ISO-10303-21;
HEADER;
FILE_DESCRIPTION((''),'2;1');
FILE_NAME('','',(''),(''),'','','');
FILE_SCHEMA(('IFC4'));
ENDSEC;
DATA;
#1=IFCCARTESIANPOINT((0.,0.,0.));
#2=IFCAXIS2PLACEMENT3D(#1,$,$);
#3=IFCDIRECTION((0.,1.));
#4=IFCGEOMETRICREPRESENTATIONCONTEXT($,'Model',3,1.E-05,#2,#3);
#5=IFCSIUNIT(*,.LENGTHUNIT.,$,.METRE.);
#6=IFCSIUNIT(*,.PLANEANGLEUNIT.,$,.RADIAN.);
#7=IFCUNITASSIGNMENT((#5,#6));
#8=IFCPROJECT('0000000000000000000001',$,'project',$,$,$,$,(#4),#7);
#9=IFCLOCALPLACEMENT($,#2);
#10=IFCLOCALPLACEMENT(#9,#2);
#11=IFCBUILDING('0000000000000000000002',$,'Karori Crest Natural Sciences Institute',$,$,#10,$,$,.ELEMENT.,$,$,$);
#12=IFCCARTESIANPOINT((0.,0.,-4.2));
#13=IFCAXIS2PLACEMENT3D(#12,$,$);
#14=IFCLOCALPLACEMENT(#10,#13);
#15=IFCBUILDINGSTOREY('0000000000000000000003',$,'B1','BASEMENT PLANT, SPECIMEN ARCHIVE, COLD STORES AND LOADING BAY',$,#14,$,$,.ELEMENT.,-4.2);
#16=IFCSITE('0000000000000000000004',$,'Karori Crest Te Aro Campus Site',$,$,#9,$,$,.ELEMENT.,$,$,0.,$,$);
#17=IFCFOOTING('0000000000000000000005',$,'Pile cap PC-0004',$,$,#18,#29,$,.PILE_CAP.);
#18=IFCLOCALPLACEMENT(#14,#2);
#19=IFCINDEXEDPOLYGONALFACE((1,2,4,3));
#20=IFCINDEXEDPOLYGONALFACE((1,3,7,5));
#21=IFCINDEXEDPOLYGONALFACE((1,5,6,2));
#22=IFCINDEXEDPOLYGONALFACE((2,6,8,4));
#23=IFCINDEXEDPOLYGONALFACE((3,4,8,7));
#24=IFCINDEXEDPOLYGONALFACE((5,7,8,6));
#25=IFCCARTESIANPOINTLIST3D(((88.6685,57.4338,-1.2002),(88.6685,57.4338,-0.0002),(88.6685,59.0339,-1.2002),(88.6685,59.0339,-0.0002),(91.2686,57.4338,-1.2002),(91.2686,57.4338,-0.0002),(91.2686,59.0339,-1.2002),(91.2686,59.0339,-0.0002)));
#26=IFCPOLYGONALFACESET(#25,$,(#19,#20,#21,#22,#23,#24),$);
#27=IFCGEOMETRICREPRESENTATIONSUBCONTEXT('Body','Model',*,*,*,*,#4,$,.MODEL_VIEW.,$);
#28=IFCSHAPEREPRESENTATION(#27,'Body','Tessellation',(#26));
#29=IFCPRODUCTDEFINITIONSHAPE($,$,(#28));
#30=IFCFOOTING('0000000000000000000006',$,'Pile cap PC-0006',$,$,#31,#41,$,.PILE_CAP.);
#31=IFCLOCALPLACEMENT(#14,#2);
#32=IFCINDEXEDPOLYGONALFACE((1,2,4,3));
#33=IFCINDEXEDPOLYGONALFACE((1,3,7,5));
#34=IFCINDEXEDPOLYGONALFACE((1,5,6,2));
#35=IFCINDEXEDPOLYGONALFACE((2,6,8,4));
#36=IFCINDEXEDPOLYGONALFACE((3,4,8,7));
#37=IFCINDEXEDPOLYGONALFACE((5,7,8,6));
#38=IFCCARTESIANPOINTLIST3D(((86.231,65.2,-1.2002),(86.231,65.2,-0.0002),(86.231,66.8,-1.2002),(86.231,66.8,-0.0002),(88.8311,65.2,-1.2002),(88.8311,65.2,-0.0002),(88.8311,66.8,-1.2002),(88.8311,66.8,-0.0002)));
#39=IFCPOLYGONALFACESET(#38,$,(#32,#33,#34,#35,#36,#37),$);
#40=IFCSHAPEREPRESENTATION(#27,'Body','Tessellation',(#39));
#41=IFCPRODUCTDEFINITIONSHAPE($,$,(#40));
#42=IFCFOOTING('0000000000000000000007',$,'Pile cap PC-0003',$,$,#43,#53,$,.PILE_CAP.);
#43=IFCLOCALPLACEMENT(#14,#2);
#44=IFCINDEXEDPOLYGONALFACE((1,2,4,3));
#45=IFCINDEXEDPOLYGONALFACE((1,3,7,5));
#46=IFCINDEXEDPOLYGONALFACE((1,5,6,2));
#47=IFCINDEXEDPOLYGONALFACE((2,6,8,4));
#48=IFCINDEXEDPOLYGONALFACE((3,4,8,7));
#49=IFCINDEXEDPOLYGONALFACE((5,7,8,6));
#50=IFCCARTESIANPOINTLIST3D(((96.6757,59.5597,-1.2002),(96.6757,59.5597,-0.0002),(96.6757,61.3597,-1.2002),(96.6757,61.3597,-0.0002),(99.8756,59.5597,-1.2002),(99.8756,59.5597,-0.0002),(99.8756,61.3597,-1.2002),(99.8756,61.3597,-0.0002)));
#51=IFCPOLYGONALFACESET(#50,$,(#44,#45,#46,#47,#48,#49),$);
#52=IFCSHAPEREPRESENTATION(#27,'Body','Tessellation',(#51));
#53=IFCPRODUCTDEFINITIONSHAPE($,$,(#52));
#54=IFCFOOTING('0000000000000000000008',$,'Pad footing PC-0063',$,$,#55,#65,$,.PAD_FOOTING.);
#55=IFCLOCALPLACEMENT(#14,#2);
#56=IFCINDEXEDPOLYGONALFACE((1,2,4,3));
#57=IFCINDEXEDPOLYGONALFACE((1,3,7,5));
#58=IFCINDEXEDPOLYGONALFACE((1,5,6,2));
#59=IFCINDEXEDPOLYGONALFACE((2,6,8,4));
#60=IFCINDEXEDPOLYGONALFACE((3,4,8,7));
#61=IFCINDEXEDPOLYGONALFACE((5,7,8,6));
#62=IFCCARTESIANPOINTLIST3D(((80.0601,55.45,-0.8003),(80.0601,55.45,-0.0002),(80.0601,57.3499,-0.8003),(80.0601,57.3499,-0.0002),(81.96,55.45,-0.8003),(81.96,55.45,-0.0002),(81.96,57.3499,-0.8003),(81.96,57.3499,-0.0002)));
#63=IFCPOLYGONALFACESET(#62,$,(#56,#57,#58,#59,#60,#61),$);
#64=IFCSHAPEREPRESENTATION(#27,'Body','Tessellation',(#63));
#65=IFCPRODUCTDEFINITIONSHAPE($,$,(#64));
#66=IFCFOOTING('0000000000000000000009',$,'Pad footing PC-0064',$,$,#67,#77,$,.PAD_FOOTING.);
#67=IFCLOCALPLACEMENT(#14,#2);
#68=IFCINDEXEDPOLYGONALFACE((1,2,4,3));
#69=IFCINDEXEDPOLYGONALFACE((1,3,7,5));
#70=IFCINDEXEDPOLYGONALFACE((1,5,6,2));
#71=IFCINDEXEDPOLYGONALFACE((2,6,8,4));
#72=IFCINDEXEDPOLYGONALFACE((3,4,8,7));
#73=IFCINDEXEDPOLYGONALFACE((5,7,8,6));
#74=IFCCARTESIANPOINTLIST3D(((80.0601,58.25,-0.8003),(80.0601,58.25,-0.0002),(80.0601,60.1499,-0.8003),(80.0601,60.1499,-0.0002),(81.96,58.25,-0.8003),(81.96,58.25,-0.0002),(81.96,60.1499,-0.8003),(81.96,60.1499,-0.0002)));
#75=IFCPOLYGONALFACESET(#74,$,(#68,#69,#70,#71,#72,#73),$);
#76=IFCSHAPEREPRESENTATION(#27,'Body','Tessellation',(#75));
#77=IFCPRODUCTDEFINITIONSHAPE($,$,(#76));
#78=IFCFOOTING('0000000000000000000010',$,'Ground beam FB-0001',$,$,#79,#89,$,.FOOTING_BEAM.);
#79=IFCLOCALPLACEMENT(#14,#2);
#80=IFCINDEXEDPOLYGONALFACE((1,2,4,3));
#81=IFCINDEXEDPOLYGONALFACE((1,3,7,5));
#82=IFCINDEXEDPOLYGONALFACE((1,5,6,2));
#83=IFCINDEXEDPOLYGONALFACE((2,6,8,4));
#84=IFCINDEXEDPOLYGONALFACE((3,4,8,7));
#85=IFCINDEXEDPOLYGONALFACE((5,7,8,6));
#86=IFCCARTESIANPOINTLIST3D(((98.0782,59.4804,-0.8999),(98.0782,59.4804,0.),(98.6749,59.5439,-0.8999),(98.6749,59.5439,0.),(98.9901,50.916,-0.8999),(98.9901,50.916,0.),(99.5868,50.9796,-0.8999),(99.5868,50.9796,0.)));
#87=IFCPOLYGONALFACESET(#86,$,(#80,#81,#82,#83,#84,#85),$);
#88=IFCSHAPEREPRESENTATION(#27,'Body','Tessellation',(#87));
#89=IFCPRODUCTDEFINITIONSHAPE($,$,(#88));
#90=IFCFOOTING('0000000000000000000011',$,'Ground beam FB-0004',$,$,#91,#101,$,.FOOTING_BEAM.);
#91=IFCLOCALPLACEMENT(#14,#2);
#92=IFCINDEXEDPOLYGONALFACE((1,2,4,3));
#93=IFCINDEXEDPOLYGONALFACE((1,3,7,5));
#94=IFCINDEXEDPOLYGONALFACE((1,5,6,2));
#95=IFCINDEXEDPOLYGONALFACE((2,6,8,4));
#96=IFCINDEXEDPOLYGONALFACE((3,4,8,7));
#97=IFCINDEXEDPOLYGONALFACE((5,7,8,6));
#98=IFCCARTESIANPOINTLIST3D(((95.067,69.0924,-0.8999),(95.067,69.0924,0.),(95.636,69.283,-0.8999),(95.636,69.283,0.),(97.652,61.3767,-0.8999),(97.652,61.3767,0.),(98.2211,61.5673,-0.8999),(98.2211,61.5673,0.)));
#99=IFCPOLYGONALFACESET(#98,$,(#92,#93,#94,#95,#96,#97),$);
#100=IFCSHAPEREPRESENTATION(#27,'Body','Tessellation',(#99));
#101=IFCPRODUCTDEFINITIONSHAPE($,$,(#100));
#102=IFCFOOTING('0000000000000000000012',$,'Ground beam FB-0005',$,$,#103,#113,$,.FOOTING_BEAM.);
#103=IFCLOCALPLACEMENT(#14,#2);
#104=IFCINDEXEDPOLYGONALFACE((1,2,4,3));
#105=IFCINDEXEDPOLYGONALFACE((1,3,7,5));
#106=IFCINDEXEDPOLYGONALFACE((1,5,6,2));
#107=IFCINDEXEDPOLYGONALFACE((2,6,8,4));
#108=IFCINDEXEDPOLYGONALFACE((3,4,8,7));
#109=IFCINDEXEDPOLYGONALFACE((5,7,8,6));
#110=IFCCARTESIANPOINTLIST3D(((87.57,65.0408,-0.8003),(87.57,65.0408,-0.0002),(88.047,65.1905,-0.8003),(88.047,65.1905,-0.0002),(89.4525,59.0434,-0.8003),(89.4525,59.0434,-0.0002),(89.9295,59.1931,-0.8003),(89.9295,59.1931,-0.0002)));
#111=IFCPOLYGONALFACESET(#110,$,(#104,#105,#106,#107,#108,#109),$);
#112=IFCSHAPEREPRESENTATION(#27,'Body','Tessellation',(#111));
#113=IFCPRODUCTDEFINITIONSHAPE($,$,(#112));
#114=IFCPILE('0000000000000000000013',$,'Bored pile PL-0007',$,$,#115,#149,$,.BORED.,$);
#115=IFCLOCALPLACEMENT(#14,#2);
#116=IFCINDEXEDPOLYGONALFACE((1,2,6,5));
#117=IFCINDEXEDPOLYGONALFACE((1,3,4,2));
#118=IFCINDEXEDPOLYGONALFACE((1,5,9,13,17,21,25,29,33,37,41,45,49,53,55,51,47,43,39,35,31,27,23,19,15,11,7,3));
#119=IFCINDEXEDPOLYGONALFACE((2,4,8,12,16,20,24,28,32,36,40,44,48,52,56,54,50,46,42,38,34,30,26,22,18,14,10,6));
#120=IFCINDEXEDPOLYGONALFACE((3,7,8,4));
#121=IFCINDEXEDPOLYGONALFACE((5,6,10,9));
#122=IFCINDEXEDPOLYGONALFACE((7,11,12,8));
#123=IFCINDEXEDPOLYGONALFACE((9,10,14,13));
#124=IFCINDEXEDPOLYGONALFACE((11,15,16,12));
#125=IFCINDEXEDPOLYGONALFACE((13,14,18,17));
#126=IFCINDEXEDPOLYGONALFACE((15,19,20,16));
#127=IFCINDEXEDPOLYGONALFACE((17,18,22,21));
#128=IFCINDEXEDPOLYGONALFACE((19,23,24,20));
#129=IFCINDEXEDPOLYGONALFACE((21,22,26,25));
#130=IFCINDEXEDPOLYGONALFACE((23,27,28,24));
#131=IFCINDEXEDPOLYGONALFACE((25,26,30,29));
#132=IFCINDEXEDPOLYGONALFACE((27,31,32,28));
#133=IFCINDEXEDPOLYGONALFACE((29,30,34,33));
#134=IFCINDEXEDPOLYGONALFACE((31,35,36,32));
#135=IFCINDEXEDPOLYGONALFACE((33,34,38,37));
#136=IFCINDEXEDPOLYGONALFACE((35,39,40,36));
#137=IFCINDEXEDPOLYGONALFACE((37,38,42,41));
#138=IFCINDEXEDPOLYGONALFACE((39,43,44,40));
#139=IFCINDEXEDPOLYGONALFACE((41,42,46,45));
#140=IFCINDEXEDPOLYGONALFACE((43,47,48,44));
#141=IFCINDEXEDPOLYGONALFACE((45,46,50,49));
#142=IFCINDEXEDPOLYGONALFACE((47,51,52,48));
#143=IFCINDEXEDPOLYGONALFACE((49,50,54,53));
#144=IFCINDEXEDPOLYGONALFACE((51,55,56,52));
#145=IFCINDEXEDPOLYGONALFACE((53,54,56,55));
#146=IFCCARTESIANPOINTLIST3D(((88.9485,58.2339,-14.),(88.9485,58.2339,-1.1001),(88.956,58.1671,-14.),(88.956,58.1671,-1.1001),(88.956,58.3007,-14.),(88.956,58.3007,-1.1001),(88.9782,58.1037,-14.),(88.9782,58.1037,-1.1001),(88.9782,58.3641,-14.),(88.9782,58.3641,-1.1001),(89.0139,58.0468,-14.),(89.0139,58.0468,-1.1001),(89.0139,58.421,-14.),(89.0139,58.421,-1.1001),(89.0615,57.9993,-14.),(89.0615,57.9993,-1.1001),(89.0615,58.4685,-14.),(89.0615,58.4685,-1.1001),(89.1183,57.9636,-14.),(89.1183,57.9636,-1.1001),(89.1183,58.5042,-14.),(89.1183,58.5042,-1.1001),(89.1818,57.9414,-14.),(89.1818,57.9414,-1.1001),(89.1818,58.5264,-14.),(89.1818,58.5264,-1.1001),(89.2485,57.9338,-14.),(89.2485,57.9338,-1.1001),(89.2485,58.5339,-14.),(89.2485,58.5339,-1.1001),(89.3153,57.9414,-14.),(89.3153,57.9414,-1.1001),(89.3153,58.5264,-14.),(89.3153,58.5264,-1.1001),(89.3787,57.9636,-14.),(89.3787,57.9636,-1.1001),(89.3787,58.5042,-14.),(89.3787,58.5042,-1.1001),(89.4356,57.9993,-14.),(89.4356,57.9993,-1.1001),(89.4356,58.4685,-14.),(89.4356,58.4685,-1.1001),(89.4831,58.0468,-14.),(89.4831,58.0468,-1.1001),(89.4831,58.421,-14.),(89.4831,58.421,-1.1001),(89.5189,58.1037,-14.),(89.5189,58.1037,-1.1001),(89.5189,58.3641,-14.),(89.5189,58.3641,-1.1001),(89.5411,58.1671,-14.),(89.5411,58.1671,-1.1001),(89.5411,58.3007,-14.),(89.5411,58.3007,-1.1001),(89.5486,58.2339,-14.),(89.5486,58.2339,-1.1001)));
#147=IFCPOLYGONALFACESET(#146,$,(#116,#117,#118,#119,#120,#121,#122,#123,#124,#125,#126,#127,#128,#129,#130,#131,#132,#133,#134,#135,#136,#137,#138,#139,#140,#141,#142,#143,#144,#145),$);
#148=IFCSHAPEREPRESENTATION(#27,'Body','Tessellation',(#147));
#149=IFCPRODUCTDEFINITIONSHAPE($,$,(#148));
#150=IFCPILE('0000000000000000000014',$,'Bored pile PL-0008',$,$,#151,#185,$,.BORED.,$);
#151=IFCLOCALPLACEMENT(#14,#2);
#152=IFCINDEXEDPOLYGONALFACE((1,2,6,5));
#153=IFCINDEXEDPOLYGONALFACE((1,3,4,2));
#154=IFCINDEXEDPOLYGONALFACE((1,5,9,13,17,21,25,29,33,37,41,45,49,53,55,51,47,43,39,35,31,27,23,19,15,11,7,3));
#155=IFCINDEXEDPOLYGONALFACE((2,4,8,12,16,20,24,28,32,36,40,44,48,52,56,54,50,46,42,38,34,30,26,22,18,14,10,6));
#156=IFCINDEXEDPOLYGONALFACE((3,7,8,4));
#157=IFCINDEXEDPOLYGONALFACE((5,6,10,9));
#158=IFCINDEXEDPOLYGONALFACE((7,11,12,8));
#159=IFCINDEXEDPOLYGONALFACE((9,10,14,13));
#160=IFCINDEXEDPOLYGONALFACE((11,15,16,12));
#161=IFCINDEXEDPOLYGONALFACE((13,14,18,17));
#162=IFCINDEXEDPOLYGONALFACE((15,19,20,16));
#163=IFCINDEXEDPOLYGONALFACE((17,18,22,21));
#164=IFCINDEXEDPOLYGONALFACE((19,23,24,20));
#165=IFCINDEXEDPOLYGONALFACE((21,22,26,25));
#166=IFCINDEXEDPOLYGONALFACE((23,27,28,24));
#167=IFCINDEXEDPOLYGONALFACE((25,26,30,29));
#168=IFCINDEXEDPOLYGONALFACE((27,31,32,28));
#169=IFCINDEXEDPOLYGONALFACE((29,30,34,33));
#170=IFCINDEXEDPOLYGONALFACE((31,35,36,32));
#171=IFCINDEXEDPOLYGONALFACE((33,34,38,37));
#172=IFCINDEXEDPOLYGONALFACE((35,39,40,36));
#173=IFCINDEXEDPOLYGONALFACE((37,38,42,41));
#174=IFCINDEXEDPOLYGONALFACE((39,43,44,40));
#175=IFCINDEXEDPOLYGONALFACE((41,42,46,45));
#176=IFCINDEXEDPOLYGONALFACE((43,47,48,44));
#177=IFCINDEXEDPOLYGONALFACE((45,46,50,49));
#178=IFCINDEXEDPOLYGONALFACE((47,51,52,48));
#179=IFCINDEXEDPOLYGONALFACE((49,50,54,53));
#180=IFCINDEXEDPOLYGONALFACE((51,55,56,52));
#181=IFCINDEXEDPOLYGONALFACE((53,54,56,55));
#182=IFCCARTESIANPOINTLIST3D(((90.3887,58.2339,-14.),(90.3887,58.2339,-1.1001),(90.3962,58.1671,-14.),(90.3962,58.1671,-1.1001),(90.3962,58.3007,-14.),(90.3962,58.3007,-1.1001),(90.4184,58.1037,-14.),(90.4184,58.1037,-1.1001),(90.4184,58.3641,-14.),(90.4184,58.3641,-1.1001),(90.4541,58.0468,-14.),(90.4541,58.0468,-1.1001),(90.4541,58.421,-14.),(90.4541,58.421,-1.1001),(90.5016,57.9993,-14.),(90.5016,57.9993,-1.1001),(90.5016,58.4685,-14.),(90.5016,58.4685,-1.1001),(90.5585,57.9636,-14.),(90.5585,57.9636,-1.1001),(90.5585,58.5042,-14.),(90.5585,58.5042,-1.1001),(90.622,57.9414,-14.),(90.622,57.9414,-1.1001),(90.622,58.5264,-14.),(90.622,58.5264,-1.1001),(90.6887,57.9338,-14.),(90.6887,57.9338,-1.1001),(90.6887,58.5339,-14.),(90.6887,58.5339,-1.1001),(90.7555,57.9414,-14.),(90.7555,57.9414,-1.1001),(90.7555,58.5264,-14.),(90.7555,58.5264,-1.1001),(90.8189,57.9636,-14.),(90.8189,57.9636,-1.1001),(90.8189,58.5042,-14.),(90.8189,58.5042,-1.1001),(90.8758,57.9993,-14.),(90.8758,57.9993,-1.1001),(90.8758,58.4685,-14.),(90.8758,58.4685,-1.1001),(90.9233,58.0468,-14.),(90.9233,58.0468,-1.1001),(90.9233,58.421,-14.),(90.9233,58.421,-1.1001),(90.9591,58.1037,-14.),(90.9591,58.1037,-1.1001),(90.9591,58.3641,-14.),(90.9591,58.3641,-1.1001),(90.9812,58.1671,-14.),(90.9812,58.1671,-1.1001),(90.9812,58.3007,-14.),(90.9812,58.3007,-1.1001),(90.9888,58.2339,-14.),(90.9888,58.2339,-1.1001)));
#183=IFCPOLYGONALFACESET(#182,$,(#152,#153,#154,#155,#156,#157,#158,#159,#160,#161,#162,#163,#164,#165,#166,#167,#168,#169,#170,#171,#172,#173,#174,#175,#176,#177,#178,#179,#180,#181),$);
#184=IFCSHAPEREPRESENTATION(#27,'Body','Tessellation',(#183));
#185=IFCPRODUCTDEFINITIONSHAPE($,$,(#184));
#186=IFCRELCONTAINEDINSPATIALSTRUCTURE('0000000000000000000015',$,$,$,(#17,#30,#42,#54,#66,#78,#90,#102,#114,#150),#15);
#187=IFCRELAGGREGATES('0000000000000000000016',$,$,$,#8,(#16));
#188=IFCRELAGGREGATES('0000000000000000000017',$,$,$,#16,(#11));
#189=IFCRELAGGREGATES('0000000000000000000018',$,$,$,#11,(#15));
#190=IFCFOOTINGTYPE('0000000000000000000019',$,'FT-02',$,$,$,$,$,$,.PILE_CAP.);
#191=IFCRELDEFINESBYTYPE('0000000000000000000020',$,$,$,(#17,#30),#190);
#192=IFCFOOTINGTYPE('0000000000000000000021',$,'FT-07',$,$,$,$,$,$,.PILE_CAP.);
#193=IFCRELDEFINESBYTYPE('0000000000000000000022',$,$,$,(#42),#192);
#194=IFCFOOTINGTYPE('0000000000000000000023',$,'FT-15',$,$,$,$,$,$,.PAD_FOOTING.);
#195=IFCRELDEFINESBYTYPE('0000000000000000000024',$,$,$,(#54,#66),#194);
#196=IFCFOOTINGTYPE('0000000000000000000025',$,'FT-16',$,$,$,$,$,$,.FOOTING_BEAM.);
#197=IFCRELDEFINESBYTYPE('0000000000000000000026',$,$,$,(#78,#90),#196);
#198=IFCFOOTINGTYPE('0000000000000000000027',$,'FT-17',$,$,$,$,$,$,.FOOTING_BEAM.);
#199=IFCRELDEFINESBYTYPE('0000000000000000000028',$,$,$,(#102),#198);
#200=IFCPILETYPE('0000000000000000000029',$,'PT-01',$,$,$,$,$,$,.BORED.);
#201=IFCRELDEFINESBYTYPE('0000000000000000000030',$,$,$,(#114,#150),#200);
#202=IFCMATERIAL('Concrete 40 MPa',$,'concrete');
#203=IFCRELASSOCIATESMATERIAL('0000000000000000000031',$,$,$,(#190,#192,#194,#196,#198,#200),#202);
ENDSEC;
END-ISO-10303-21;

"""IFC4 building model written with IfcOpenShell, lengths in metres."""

from ifc_helpers import new_model, si_unit, direction, frame, origin, origin_2d, place, context, subcontext, project, spatial, rectangle, circle, extrude, material, material_profile, profile_set, type_object, element, save


model = new_model("IFC4")

# Units and contexts
model_context = context("Model", 3, precision=1e-05, world=origin(), true_north=direction((0.0, 1.0)))
body_context = subcontext(model_context, "Body", "Model", "MODEL_VIEW")
ifc_project = project(units=[si_unit("LENGTHUNIT", "METRE"), si_unit("PLANEANGLEUNIT", "RADIAN")], contexts=[model_context])

# Site, building, storey
site_placement = place(None, origin())
site = spatial("IfcSite", under=ifc_project, at=site_placement, Name="Karori Crest Te Aro Campus Site", CompositionType="ELEMENT", RefElevation=0.0)
building_placement = place(site_placement, origin())
building = spatial("IfcBuilding", under=site, at=building_placement, Name="Karori Crest Natural Sciences Institute", CompositionType="ELEMENT")
storey_placement = place(building_placement, frame((0.0, 0.0, -4.2)))
storey = spatial("IfcBuildingStorey", under=building, at=storey_placement, Name="B1", Description="BASEMENT PLANT, SPECIMEN ARCHIVE, COLD STORES AND LOADING BAY", CompositionType="ELEMENT", Elevation=-4.2)

# Footings
ifc_material_1 = material(Name="Concrete 40 MPa", Category="concrete")
footing_type_1 = type_object("IfcFootingType", Name="FT-02", PredefinedType="PILE_CAP", material=ifc_material_1)
for number, where, z_axis, x_axis, name in (
    (1, (89.9685, 58.2339, -1.2002), (0.0, 0.0, 1.0), (1.0, 0.0, 0.0), "Pile cap PC-0004"),
    (2, (87.531, 66.0, -1.2002), (0.0, 0.0, 1.0), (1.0, 0.0, 0.0), "Pile cap PC-0006"),
):
    element("IfcFooting", number, at=place(storey_placement, frame(where, z_axis=z_axis, x_axis=x_axis)), inside=storey, type_object=footing_type_1, Name=name, PredefinedType="PILE_CAP", context=body_context, shape_type="SweptSolid", body=[
        extrude(rectangle(XDim=2.6001, YDim=1.6001, at=origin_2d()), origin(), (0.0, 0.0, 1.0), 1.2),
    ])
footing_type_2 = type_object("IfcFootingType", Name="FT-07", PredefinedType="PILE_CAP", material=ifc_material_1)
footing_1_placement = place(storey_placement, frame((98.2756, 60.4597, -1.2002), z_axis=(0.0, 0.0, 1.0), x_axis=(1.0, 0.0, 0.0)))
element("IfcFooting", 3, at=footing_1_placement, inside=storey, type_object=footing_type_2, Name="Pile cap PC-0003", PredefinedType="PILE_CAP", context=body_context, shape_type="SweptSolid", body=[
    extrude(rectangle(XDim=3.2, YDim=1.8, at=origin_2d()), origin(), (0.0, 0.0, 1.0), 1.2),
])
footing_type_3 = type_object("IfcFootingType", Name="FT-15", PredefinedType="PAD_FOOTING", material=ifc_material_1)
for number, where, z_axis, x_axis, name in (
    (4, (81.01, 56.3999, -0.8003), (0.0, 0.0, 1.0), (1.0, 0.0, 0.0), "Pad footing PC-0063"),
    (5, (81.01, 59.2, -0.8003), (0.0, 0.0, 1.0), (1.0, 0.0, 0.0), "Pad footing PC-0064"),
):
    element("IfcFooting", number, at=place(storey_placement, frame(where, z_axis=z_axis, x_axis=x_axis)), inside=storey, type_object=footing_type_3, Name=name, PredefinedType="PAD_FOOTING", context=body_context, shape_type="SweptSolid", body=[
        extrude(rectangle(XDim=1.8999, YDim=1.8999, at=origin_2d()), origin(), (0.0, 0.0, 1.0), 0.8),
    ])
footing_type_4 = type_object("IfcFootingType", Name="FT-16", PredefinedType="FOOTING_BEAM", material=ifc_material_1)
footing_2_placement = place(storey_placement, frame((98.8325, 55.23, -0.8999), z_axis=(0.0, 0.0, 1.0), x_axis=(-0.105881, 0.994379, 0.0)))
element("IfcFooting", 6, at=footing_2_placement, inside=storey, type_object=footing_type_4, Name="Ground beam FB-0001", PredefinedType="FOOTING_BEAM", context=body_context, shape_type="SweptSolid", body=[
    extrude(rectangle(XDim=8.6128, YDim=0.6001, at=origin_2d()), origin(), (0.0, 0.0, 1.0), 0.8999),
])
footing_3_placement = place(storey_placement, frame((96.644, 65.3298, -0.8999), z_axis=(0.0, 0.0, 1.0), x_axis=(-0.317679, 0.948198, 0.0)))
element("IfcFooting", 7, at=footing_3_placement, inside=storey, type_object=footing_type_4, Name="Ground beam FB-0004", PredefinedType="FOOTING_BEAM", context=body_context, shape_type="SweptSolid", body=[
    extrude(rectangle(XDim=8.1372, YDim=0.6001, at=origin_2d()), origin(), (0.0, 0.0, 1.0), 0.8999),
])
footing_type_5 = type_object("IfcFootingType", Name="FT-17", PredefinedType="FOOTING_BEAM", material=ifc_material_1)
footing_4_placement = place(storey_placement, frame((88.7498, 62.1169, -0.8003), z_axis=(0.0, 0.0, 1.0), x_axis=(-0.299475, 0.954104, 0.0)))
element("IfcFooting", 8, at=footing_4_placement, inside=storey, type_object=footing_type_5, Name="Ground beam FB-0005", PredefinedType="FOOTING_BEAM", context=body_context, shape_type="SweptSolid", body=[
    extrude(rectangle(XDim=6.2859, YDim=0.5, at=origin_2d()), origin(), (0.0, 0.0, 1.0), 0.8),
])

# Piles
ifc_material_profile_1 = material_profile(ifc_material_1, circle(Radius=0.3, at=origin_2d()), Name="PILE600")
ifc_profile_set_1 = profile_set([ifc_material_profile_1], Name="Concrete 40 MPa")
pile_type_1 = type_object("IfcPileType", Name="PT-01", PredefinedType="BORED", material=ifc_profile_set_1)
for number, where, z_axis, x_axis, name in (
    (9, (89.2485, 58.2339, -1.1001), (0.0, 0.0, -1.0), (1.0, 0.0, 0.0), "Bored pile PL-0007"),
    (10, (90.6887, 58.2339, -1.1001), (0.0, 0.0, -1.0), (1.0, 0.0, 0.0), "Bored pile PL-0008"),
):
    element("IfcPile", number, at=place(storey_placement, frame(where, z_axis=z_axis, x_axis=x_axis)), inside=storey, type_object=pile_type_1, Name=name, PredefinedType="BORED", context=body_context, shape_type="SweptSolid", body=[
        extrude(circle(Radius=0.3, at=origin_2d()), origin(), (0.0, 0.0, 1.0), 12.8999),
    ])

save(model, "model.ifc")
